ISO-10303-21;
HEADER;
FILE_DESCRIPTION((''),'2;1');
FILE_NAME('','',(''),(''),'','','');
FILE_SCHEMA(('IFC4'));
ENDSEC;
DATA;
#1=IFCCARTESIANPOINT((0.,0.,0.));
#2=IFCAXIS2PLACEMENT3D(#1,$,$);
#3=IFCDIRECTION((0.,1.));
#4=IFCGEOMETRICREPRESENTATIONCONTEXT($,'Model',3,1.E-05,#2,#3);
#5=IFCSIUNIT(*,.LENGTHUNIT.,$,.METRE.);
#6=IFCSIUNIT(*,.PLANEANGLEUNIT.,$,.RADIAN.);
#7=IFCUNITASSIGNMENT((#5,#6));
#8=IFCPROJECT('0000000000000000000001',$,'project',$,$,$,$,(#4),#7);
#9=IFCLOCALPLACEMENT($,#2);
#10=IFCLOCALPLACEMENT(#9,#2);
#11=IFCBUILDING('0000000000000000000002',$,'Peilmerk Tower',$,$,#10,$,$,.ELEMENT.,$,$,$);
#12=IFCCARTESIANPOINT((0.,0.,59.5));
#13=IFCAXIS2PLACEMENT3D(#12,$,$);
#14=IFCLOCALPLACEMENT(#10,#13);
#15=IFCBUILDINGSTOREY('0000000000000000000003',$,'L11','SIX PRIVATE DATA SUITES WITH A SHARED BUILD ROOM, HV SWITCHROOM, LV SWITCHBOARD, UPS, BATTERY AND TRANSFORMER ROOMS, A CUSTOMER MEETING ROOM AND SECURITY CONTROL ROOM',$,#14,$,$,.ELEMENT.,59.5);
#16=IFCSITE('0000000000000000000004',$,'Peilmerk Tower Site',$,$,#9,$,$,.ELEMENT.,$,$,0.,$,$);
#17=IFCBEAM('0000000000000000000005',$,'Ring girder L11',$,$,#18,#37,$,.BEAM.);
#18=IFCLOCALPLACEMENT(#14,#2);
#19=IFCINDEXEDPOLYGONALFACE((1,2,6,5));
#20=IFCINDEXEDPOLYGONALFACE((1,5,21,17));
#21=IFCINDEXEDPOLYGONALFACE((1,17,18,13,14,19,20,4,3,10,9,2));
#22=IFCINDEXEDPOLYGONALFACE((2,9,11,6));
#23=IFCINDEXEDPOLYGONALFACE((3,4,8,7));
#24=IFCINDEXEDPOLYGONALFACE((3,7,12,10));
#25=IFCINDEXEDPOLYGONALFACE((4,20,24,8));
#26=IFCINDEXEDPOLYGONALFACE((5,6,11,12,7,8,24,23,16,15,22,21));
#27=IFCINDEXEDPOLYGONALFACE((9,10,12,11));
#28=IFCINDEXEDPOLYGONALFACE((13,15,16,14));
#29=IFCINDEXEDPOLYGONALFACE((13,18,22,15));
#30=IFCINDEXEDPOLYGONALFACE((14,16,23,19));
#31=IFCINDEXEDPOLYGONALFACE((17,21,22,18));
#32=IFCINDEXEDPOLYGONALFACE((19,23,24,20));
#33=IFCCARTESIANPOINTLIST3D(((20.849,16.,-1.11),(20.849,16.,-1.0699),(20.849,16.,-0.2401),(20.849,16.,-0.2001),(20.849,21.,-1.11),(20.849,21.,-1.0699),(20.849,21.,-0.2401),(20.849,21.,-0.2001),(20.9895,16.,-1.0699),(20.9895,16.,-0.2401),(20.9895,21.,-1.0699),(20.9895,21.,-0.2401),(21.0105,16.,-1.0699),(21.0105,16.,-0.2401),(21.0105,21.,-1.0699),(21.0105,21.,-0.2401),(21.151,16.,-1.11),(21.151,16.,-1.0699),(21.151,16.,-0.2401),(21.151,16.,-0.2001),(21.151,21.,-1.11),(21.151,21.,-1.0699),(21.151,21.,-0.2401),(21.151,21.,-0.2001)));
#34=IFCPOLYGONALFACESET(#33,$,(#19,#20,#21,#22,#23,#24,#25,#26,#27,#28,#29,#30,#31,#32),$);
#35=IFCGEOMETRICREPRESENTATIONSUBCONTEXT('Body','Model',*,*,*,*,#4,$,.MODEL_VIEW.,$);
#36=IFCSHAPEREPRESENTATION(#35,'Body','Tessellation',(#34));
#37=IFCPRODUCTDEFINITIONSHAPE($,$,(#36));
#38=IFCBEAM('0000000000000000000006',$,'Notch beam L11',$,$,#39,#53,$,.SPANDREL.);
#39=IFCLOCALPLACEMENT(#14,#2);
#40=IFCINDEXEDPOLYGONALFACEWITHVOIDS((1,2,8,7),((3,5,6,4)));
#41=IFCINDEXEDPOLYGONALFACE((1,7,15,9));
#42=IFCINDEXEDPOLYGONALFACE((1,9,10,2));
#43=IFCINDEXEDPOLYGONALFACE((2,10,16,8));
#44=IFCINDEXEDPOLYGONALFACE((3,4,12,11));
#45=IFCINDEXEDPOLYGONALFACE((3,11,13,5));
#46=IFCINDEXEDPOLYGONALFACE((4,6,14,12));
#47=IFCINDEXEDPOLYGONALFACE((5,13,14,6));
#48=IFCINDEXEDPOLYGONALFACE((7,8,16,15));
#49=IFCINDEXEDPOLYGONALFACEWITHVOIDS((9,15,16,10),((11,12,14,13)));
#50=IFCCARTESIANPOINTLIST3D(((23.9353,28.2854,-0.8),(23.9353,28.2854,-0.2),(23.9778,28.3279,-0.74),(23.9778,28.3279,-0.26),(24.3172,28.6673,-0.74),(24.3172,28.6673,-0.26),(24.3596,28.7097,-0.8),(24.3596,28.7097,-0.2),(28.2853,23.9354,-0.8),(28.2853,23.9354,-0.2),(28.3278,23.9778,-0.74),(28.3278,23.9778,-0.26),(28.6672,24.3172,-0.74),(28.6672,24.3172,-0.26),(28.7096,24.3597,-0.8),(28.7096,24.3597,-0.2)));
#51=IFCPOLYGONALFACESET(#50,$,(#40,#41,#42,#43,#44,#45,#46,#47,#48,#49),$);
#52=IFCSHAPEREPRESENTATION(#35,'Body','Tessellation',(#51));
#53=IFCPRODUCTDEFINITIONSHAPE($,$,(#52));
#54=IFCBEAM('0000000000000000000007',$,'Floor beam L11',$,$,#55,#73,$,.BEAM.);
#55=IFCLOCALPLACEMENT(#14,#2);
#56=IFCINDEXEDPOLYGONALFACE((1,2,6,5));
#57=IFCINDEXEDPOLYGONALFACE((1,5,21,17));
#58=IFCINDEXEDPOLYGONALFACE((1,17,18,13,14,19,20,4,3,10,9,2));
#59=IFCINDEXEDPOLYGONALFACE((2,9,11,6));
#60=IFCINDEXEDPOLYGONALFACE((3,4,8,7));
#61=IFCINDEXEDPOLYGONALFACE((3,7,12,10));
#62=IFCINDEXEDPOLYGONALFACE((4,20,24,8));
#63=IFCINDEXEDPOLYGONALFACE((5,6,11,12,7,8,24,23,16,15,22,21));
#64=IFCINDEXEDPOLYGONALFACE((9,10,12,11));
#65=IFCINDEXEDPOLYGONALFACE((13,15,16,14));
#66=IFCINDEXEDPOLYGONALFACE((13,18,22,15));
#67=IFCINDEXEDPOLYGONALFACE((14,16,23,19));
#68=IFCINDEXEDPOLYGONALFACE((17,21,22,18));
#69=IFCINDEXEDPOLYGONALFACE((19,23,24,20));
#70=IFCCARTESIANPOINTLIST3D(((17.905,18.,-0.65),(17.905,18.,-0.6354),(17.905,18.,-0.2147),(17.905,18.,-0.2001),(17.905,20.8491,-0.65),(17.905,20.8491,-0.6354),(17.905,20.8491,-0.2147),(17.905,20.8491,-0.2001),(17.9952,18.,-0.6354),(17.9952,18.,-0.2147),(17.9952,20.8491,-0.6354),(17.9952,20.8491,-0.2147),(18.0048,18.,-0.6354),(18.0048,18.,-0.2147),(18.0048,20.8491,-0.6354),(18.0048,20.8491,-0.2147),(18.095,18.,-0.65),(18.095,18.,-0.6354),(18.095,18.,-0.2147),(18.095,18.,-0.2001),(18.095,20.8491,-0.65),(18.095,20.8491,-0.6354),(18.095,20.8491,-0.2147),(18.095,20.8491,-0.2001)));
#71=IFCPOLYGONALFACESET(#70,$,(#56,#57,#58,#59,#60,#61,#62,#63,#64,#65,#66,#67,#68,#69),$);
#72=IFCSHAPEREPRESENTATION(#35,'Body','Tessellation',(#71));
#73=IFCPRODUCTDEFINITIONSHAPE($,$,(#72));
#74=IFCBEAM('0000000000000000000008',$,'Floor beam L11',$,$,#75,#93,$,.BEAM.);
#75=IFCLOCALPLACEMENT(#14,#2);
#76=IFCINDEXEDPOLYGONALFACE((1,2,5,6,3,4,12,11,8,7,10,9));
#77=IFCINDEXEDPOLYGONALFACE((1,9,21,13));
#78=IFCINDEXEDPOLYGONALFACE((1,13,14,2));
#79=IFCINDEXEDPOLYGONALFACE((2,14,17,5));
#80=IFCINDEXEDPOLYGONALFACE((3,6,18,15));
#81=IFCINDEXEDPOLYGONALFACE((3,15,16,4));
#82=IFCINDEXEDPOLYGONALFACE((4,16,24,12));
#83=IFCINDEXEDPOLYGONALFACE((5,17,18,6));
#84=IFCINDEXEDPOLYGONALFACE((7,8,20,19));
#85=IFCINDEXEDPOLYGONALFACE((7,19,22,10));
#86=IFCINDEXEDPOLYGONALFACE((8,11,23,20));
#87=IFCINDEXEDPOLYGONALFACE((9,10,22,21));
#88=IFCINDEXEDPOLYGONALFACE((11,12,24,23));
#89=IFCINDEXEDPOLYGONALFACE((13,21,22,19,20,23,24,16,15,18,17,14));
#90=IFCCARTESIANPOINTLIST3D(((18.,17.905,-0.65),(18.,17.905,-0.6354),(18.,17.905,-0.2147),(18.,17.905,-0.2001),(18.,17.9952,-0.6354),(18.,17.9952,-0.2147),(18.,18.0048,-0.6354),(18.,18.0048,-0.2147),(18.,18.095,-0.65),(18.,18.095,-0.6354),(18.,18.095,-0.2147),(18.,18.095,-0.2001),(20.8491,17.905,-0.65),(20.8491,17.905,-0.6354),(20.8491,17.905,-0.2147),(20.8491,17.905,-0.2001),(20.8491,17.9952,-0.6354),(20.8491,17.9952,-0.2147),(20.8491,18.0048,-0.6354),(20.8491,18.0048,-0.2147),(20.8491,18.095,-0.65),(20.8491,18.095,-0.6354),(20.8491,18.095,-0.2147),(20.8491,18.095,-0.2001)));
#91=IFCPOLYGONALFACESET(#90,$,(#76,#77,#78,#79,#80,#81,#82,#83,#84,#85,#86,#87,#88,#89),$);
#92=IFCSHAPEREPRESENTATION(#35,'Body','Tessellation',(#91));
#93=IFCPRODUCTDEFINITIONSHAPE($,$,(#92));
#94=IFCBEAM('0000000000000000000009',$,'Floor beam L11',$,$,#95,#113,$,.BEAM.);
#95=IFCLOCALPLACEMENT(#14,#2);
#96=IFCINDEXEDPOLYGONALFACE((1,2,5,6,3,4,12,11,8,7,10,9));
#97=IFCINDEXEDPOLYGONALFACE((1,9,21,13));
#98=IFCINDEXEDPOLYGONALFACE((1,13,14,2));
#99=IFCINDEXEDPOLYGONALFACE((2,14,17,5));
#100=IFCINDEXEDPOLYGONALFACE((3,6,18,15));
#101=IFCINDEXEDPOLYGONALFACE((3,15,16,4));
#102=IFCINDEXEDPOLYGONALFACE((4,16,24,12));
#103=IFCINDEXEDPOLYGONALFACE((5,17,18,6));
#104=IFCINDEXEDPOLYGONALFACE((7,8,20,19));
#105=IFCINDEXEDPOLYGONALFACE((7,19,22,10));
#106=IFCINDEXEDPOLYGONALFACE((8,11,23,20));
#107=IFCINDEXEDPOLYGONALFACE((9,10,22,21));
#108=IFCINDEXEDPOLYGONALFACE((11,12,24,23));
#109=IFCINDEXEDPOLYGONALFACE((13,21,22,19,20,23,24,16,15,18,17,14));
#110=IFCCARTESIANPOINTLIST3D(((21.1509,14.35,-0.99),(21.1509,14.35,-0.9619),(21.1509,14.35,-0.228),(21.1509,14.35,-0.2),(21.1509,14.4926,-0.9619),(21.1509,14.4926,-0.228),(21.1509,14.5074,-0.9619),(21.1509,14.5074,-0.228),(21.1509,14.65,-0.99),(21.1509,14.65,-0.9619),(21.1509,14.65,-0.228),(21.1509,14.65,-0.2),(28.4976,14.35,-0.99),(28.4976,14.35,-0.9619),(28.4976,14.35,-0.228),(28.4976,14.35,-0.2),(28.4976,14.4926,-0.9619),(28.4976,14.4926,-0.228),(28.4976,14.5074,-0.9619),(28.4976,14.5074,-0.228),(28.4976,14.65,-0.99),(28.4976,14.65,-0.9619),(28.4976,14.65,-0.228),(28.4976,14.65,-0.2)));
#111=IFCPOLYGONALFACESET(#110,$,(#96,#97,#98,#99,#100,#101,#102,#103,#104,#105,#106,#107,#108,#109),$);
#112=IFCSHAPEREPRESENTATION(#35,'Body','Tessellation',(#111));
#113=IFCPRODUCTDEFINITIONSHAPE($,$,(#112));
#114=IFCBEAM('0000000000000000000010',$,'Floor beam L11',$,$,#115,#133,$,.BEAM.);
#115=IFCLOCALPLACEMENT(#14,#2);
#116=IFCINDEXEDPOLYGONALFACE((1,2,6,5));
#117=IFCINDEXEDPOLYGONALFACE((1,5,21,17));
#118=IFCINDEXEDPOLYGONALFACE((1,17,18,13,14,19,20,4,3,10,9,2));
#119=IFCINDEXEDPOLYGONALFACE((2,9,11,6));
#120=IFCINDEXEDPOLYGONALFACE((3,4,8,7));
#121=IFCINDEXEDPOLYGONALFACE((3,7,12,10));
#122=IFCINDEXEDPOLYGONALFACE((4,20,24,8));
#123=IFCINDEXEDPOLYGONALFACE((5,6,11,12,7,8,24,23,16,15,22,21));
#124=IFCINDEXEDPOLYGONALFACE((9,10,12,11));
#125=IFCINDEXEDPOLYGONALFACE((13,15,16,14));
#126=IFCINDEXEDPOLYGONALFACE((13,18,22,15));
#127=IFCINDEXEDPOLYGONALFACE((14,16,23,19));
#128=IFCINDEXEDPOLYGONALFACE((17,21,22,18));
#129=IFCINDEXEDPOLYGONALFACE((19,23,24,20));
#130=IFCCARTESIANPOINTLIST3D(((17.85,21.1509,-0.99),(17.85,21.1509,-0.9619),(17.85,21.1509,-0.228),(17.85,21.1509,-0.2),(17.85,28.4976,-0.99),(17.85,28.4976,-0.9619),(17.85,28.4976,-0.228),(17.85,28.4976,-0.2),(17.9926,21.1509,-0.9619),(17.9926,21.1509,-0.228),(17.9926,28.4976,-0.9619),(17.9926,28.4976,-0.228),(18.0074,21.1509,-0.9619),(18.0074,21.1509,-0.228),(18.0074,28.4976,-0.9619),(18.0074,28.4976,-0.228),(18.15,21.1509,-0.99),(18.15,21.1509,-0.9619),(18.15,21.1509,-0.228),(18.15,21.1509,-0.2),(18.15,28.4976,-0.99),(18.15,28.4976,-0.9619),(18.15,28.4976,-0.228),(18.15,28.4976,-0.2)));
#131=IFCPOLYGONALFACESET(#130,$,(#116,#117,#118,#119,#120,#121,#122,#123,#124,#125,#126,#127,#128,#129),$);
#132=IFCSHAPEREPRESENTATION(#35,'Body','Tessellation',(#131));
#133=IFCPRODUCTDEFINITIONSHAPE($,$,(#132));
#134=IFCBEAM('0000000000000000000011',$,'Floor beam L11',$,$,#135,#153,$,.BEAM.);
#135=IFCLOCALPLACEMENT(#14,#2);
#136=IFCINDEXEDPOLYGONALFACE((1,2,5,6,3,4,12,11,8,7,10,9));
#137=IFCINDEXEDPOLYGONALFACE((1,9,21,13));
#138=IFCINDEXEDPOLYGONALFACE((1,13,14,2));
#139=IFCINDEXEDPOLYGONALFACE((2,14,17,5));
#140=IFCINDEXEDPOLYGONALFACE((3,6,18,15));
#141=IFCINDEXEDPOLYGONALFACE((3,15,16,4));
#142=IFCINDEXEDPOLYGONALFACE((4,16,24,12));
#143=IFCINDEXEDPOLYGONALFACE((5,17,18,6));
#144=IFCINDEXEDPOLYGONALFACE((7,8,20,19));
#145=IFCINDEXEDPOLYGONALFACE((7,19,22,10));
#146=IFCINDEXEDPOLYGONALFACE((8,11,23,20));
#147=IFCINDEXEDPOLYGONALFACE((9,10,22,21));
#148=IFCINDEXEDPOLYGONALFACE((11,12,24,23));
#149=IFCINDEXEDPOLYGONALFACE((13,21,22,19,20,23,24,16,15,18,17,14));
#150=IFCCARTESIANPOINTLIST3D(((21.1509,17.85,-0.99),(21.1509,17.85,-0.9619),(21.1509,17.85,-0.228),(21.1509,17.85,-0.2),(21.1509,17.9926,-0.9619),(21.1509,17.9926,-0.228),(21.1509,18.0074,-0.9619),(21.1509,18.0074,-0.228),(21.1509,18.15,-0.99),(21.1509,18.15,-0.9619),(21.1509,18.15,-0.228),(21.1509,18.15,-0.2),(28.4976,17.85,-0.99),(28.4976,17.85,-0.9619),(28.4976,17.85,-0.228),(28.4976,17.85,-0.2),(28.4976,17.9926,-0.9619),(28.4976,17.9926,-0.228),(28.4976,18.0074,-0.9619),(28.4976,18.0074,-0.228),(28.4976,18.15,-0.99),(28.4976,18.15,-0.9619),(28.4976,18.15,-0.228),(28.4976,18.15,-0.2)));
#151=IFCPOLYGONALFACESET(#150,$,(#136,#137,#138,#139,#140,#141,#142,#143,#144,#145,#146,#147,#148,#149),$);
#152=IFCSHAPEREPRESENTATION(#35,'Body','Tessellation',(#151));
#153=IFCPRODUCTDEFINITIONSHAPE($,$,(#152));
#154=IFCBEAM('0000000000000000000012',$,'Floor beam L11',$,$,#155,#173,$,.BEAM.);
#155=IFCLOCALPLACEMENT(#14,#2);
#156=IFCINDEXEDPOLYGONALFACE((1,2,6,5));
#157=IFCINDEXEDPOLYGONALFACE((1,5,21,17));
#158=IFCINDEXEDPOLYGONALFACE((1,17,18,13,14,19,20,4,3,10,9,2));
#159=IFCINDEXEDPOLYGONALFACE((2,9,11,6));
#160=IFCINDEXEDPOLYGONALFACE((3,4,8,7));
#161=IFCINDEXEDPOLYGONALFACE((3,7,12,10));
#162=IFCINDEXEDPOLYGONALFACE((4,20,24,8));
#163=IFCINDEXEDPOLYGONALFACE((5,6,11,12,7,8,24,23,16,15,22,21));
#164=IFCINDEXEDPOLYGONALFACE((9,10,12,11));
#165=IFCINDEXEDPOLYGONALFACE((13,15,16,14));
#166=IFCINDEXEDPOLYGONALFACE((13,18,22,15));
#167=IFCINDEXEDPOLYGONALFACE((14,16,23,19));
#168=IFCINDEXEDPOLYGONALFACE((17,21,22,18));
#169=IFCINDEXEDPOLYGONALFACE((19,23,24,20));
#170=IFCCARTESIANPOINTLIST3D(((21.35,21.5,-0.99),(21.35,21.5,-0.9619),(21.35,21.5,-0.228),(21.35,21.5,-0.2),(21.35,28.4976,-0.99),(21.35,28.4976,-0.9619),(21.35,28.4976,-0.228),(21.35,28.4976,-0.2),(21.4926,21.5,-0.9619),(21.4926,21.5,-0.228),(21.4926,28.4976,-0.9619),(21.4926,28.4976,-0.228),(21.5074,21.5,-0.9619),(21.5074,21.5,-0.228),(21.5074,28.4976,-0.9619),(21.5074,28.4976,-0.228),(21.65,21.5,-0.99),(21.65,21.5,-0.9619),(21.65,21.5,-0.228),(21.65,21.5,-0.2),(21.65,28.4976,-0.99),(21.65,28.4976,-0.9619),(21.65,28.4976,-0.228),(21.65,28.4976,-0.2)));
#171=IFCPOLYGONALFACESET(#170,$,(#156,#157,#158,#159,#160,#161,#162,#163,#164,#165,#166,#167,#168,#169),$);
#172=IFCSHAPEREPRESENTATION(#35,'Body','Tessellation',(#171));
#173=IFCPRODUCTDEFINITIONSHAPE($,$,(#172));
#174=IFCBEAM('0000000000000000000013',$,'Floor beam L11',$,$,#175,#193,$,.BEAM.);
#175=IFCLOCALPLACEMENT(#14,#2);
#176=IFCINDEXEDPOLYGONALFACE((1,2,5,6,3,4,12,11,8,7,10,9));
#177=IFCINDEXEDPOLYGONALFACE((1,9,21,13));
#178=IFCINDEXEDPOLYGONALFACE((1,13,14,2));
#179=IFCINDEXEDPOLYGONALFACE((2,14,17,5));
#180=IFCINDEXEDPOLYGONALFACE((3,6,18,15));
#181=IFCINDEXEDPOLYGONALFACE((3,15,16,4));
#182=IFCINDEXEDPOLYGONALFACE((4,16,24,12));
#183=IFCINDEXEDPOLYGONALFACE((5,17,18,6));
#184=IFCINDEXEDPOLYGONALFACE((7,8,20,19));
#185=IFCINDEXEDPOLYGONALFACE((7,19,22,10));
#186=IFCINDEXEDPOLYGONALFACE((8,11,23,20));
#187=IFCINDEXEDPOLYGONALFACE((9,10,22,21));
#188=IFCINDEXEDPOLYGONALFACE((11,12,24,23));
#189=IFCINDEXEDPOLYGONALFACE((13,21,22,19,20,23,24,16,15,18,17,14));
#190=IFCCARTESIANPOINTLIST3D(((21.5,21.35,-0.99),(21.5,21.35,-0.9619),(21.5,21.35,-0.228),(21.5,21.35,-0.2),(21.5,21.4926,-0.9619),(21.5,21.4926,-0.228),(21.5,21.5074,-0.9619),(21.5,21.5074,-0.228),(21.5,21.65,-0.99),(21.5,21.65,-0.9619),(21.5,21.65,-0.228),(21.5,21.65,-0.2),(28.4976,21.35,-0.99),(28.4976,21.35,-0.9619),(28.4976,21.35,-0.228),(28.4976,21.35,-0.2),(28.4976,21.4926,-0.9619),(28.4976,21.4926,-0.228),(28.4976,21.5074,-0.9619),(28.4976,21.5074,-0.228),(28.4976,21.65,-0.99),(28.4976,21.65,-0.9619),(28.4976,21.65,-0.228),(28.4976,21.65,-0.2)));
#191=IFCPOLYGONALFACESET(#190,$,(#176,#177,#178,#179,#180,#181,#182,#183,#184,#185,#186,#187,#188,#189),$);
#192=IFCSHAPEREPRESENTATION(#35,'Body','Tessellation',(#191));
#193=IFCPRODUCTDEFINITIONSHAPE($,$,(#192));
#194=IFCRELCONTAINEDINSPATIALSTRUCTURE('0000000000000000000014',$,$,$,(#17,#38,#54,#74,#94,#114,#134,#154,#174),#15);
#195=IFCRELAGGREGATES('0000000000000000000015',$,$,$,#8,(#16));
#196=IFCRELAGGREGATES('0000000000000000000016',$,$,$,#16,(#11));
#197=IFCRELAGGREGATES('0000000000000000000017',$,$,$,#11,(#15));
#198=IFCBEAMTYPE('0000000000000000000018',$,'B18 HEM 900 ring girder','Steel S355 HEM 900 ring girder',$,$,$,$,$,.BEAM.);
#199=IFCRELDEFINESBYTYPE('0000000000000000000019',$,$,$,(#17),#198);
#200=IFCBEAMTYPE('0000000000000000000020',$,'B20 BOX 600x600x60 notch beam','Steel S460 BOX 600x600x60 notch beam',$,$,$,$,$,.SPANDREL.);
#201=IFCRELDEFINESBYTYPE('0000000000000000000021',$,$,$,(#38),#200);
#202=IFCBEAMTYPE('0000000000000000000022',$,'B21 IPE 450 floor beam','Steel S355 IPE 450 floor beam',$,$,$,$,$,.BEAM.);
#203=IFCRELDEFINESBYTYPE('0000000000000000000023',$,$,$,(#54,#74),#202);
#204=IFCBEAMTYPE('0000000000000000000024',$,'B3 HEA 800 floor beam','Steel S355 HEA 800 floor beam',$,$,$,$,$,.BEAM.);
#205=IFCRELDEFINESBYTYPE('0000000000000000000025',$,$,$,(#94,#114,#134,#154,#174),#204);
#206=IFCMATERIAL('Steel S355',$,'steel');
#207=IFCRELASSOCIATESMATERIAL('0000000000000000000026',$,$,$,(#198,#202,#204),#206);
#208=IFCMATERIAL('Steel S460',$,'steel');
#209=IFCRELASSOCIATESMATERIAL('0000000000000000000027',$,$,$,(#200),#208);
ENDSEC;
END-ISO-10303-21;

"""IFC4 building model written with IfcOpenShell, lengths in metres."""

from ifc_helpers import new_model, si_unit, direction, frame, origin, origin_2d, place, context, subcontext, project, spatial, hollow_rectangle, i_section, extrude, material, material_profile, profile_set, type_object, element, save


model = new_model("IFC4")

# Units and contexts
model_context = context("Model", 3, precision=1e-05, world=origin(), true_north=direction((0.0, 1.0)))
body_context = subcontext(model_context, "Body", "Model", "MODEL_VIEW")
ifc_project = project(units=[si_unit("LENGTHUNIT", "METRE"), si_unit("PLANEANGLEUNIT", "RADIAN")], contexts=[model_context])

# Site, building, storey
site_placement = place(None, origin())
site = spatial("IfcSite", under=ifc_project, at=site_placement, Name="Peilmerk Tower Site", CompositionType="ELEMENT", RefElevation=0.0)
building_placement = place(site_placement, origin())
building = spatial("IfcBuilding", under=site, at=building_placement, Name="Peilmerk Tower", CompositionType="ELEMENT")
storey_placement = place(building_placement, frame((0.0, 0.0, 59.5)))
storey = spatial("IfcBuildingStorey", under=building, at=storey_placement, Name="L11", Description="SIX PRIVATE DATA SUITES WITH A SHARED BUILD ROOM, HV SWITCHROOM, LV SWITCHBOARD, UPS, BATTERY AND TRANSFORMER ROOMS, A CUSTOMER MEETING ROOM AND SECURITY CONTROL ROOM", CompositionType="ELEMENT", Elevation=59.5)

# Beams
ifc_material_1 = material(Name="Steel S355", Category="steel")
ifc_material_profile_1 = material_profile(ifc_material_1, i_section(OverallWidth=0.302, OverallDepth=0.9099, WebThickness=0.021, FlangeThickness=0.04, at=origin_2d()), Name="HEM 900")
ifc_profile_set_1 = profile_set([ifc_material_profile_1], Name="Steel S355")
beam_type_1 = type_object("IfcBeamType", Name="B18 HEM 900 ring girder", Description="Steel S355 HEM 900 ring girder", PredefinedType="BEAM", material=ifc_profile_set_1)
for number, where, z_axis, x_axis, name in (
    (1, (21.0, 16.0, -0.655), (0.0, 1.0, 0.0), (-1.0, 0.0, 0.0), "Ring girder L11"),
):
    element("IfcBeam", number, at=place(storey_placement, frame(where, z_axis=z_axis, x_axis=x_axis)), inside=storey, type_object=beam_type_1, Name=name, PredefinedType="BEAM", context=body_context, shape_type="SweptSolid", body=[
        extrude(i_section(OverallWidth=0.302, OverallDepth=0.9099, WebThickness=0.021, FlangeThickness=0.04, at=origin_2d()), origin(), (0.0, 0.0, 1.0), 5.0),
    ])
ifc_material_2 = material(Name="Steel S460", Category="steel")
ifc_material_profile_2 = material_profile(ifc_material_2, hollow_rectangle(XDim=0.6001, YDim=0.6001, WallThickness=0.0601, at=origin_2d()), Name="BOX 600x600x60")
ifc_profile_set_2 = profile_set([ifc_material_profile_2], Name="Steel S460")
beam_type_2 = type_object("IfcBeamType", Name="B20 BOX 600x600x60 notch beam", Description="Steel S460 BOX 600x600x60 notch beam", PredefinedType="SPANDREL", material=ifc_profile_set_2)
beam_1_placement = place(storey_placement, frame((24.1475, 28.4976, -0.5), z_axis=(0.707107, -0.707107, 0.0), x_axis=(0.707107, 0.707107, 0.0)))
element("IfcBeam", 2, at=beam_1_placement, inside=storey, type_object=beam_type_2, Name="Notch beam L11", PredefinedType="SPANDREL", context=body_context, shape_type="SweptSolid", body=[
    extrude(hollow_rectangle(XDim=0.6001, YDim=0.6001, WallThickness=0.0601, at=origin_2d()), origin(), (0.0, 0.0, 1.0), 6.1519),
])
ifc_material_profile_3 = material_profile(ifc_material_1, i_section(OverallWidth=0.1899, OverallDepth=0.45, WebThickness=0.0095, FlangeThickness=0.0146, at=origin_2d()), Name="IPE 450")
ifc_profile_set_3 = profile_set([ifc_material_profile_3], Name="Steel S355")
beam_type_3 = type_object("IfcBeamType", Name="B21 IPE 450 floor beam", Description="Steel S355 IPE 450 floor beam", PredefinedType="BEAM", material=ifc_profile_set_3)
for number, where, z_axis, x_axis, name in (
    (3, (18.0, 18.0, -0.425), (0.0, 1.0, 0.0), (-1.0, 0.0, 0.0), "Floor beam L11"),
    (4, (18.0, 18.0, -0.425), (1.0, 0.0, 0.0), (0.0, 1.0, 0.0), "Floor beam L11"),
):
    element("IfcBeam", number, at=place(storey_placement, frame(where, z_axis=z_axis, x_axis=x_axis)), inside=storey, type_object=beam_type_3, Name=name, PredefinedType="BEAM", context=body_context, shape_type="SweptSolid", body=[
        extrude(i_section(OverallWidth=0.1899, OverallDepth=0.45, WebThickness=0.0095, FlangeThickness=0.0146, at=origin_2d()), origin(), (0.0, 0.0, 1.0), 2.8491),
    ])
ifc_material_profile_4 = material_profile(ifc_material_1, i_section(OverallWidth=0.3, OverallDepth=0.79, WebThickness=0.0149, FlangeThickness=0.0281, at=origin_2d()), Name="HEA 800")
ifc_profile_set_4 = profile_set([ifc_material_profile_4], Name="Steel S355")
beam_type_4 = type_object("IfcBeamType", Name="B3 HEA 800 floor beam", Description="Steel S355 HEA 800 floor beam", PredefinedType="BEAM", material=ifc_profile_set_4)
for number, where, z_axis, x_axis, name in (
    (5, (21.1509, 14.5, -0.595), (1.0, 0.0, 0.0), (0.0, 1.0, 0.0), "Floor beam L11"),
    (6, (18.0, 21.1509, -0.595), (0.0, 1.0, 0.0), (-1.0, 0.0, 0.0), "Floor beam L11"),
    (7, (21.1509, 18.0, -0.595), (1.0, 0.0, 0.0), (0.0, 1.0, 0.0), "Floor beam L11"),
):
    element("IfcBeam", number, at=place(storey_placement, frame(where, z_axis=z_axis, x_axis=x_axis)), inside=storey, type_object=beam_type_4, Name=name, PredefinedType="BEAM", context=body_context, shape_type="SweptSolid", body=[
        extrude(i_section(OverallWidth=0.3, OverallDepth=0.79, WebThickness=0.0149, FlangeThickness=0.0281, at=origin_2d()), origin(), (0.0, 0.0, 1.0), 7.3467),
    ])
for number, where, z_axis, x_axis, name in (
    (8, (21.5, 21.5, -0.595), (0.0, 1.0, 0.0), (-1.0, 0.0, 0.0), "Floor beam L11"),
    (9, (21.5, 21.5, -0.595), (1.0, 0.0, 0.0), (0.0, 1.0, 0.0), "Floor beam L11"),
):
    element("IfcBeam", number, at=place(storey_placement, frame(where, z_axis=z_axis, x_axis=x_axis)), inside=storey, type_object=beam_type_4, Name=name, PredefinedType="BEAM", context=body_context, shape_type="SweptSolid", body=[
        extrude(i_section(OverallWidth=0.3, OverallDepth=0.79, WebThickness=0.0149, FlangeThickness=0.0281, at=origin_2d()), origin(), (0.0, 0.0, 1.0), 6.9976),
    ])

save(model, "model.ifc")
